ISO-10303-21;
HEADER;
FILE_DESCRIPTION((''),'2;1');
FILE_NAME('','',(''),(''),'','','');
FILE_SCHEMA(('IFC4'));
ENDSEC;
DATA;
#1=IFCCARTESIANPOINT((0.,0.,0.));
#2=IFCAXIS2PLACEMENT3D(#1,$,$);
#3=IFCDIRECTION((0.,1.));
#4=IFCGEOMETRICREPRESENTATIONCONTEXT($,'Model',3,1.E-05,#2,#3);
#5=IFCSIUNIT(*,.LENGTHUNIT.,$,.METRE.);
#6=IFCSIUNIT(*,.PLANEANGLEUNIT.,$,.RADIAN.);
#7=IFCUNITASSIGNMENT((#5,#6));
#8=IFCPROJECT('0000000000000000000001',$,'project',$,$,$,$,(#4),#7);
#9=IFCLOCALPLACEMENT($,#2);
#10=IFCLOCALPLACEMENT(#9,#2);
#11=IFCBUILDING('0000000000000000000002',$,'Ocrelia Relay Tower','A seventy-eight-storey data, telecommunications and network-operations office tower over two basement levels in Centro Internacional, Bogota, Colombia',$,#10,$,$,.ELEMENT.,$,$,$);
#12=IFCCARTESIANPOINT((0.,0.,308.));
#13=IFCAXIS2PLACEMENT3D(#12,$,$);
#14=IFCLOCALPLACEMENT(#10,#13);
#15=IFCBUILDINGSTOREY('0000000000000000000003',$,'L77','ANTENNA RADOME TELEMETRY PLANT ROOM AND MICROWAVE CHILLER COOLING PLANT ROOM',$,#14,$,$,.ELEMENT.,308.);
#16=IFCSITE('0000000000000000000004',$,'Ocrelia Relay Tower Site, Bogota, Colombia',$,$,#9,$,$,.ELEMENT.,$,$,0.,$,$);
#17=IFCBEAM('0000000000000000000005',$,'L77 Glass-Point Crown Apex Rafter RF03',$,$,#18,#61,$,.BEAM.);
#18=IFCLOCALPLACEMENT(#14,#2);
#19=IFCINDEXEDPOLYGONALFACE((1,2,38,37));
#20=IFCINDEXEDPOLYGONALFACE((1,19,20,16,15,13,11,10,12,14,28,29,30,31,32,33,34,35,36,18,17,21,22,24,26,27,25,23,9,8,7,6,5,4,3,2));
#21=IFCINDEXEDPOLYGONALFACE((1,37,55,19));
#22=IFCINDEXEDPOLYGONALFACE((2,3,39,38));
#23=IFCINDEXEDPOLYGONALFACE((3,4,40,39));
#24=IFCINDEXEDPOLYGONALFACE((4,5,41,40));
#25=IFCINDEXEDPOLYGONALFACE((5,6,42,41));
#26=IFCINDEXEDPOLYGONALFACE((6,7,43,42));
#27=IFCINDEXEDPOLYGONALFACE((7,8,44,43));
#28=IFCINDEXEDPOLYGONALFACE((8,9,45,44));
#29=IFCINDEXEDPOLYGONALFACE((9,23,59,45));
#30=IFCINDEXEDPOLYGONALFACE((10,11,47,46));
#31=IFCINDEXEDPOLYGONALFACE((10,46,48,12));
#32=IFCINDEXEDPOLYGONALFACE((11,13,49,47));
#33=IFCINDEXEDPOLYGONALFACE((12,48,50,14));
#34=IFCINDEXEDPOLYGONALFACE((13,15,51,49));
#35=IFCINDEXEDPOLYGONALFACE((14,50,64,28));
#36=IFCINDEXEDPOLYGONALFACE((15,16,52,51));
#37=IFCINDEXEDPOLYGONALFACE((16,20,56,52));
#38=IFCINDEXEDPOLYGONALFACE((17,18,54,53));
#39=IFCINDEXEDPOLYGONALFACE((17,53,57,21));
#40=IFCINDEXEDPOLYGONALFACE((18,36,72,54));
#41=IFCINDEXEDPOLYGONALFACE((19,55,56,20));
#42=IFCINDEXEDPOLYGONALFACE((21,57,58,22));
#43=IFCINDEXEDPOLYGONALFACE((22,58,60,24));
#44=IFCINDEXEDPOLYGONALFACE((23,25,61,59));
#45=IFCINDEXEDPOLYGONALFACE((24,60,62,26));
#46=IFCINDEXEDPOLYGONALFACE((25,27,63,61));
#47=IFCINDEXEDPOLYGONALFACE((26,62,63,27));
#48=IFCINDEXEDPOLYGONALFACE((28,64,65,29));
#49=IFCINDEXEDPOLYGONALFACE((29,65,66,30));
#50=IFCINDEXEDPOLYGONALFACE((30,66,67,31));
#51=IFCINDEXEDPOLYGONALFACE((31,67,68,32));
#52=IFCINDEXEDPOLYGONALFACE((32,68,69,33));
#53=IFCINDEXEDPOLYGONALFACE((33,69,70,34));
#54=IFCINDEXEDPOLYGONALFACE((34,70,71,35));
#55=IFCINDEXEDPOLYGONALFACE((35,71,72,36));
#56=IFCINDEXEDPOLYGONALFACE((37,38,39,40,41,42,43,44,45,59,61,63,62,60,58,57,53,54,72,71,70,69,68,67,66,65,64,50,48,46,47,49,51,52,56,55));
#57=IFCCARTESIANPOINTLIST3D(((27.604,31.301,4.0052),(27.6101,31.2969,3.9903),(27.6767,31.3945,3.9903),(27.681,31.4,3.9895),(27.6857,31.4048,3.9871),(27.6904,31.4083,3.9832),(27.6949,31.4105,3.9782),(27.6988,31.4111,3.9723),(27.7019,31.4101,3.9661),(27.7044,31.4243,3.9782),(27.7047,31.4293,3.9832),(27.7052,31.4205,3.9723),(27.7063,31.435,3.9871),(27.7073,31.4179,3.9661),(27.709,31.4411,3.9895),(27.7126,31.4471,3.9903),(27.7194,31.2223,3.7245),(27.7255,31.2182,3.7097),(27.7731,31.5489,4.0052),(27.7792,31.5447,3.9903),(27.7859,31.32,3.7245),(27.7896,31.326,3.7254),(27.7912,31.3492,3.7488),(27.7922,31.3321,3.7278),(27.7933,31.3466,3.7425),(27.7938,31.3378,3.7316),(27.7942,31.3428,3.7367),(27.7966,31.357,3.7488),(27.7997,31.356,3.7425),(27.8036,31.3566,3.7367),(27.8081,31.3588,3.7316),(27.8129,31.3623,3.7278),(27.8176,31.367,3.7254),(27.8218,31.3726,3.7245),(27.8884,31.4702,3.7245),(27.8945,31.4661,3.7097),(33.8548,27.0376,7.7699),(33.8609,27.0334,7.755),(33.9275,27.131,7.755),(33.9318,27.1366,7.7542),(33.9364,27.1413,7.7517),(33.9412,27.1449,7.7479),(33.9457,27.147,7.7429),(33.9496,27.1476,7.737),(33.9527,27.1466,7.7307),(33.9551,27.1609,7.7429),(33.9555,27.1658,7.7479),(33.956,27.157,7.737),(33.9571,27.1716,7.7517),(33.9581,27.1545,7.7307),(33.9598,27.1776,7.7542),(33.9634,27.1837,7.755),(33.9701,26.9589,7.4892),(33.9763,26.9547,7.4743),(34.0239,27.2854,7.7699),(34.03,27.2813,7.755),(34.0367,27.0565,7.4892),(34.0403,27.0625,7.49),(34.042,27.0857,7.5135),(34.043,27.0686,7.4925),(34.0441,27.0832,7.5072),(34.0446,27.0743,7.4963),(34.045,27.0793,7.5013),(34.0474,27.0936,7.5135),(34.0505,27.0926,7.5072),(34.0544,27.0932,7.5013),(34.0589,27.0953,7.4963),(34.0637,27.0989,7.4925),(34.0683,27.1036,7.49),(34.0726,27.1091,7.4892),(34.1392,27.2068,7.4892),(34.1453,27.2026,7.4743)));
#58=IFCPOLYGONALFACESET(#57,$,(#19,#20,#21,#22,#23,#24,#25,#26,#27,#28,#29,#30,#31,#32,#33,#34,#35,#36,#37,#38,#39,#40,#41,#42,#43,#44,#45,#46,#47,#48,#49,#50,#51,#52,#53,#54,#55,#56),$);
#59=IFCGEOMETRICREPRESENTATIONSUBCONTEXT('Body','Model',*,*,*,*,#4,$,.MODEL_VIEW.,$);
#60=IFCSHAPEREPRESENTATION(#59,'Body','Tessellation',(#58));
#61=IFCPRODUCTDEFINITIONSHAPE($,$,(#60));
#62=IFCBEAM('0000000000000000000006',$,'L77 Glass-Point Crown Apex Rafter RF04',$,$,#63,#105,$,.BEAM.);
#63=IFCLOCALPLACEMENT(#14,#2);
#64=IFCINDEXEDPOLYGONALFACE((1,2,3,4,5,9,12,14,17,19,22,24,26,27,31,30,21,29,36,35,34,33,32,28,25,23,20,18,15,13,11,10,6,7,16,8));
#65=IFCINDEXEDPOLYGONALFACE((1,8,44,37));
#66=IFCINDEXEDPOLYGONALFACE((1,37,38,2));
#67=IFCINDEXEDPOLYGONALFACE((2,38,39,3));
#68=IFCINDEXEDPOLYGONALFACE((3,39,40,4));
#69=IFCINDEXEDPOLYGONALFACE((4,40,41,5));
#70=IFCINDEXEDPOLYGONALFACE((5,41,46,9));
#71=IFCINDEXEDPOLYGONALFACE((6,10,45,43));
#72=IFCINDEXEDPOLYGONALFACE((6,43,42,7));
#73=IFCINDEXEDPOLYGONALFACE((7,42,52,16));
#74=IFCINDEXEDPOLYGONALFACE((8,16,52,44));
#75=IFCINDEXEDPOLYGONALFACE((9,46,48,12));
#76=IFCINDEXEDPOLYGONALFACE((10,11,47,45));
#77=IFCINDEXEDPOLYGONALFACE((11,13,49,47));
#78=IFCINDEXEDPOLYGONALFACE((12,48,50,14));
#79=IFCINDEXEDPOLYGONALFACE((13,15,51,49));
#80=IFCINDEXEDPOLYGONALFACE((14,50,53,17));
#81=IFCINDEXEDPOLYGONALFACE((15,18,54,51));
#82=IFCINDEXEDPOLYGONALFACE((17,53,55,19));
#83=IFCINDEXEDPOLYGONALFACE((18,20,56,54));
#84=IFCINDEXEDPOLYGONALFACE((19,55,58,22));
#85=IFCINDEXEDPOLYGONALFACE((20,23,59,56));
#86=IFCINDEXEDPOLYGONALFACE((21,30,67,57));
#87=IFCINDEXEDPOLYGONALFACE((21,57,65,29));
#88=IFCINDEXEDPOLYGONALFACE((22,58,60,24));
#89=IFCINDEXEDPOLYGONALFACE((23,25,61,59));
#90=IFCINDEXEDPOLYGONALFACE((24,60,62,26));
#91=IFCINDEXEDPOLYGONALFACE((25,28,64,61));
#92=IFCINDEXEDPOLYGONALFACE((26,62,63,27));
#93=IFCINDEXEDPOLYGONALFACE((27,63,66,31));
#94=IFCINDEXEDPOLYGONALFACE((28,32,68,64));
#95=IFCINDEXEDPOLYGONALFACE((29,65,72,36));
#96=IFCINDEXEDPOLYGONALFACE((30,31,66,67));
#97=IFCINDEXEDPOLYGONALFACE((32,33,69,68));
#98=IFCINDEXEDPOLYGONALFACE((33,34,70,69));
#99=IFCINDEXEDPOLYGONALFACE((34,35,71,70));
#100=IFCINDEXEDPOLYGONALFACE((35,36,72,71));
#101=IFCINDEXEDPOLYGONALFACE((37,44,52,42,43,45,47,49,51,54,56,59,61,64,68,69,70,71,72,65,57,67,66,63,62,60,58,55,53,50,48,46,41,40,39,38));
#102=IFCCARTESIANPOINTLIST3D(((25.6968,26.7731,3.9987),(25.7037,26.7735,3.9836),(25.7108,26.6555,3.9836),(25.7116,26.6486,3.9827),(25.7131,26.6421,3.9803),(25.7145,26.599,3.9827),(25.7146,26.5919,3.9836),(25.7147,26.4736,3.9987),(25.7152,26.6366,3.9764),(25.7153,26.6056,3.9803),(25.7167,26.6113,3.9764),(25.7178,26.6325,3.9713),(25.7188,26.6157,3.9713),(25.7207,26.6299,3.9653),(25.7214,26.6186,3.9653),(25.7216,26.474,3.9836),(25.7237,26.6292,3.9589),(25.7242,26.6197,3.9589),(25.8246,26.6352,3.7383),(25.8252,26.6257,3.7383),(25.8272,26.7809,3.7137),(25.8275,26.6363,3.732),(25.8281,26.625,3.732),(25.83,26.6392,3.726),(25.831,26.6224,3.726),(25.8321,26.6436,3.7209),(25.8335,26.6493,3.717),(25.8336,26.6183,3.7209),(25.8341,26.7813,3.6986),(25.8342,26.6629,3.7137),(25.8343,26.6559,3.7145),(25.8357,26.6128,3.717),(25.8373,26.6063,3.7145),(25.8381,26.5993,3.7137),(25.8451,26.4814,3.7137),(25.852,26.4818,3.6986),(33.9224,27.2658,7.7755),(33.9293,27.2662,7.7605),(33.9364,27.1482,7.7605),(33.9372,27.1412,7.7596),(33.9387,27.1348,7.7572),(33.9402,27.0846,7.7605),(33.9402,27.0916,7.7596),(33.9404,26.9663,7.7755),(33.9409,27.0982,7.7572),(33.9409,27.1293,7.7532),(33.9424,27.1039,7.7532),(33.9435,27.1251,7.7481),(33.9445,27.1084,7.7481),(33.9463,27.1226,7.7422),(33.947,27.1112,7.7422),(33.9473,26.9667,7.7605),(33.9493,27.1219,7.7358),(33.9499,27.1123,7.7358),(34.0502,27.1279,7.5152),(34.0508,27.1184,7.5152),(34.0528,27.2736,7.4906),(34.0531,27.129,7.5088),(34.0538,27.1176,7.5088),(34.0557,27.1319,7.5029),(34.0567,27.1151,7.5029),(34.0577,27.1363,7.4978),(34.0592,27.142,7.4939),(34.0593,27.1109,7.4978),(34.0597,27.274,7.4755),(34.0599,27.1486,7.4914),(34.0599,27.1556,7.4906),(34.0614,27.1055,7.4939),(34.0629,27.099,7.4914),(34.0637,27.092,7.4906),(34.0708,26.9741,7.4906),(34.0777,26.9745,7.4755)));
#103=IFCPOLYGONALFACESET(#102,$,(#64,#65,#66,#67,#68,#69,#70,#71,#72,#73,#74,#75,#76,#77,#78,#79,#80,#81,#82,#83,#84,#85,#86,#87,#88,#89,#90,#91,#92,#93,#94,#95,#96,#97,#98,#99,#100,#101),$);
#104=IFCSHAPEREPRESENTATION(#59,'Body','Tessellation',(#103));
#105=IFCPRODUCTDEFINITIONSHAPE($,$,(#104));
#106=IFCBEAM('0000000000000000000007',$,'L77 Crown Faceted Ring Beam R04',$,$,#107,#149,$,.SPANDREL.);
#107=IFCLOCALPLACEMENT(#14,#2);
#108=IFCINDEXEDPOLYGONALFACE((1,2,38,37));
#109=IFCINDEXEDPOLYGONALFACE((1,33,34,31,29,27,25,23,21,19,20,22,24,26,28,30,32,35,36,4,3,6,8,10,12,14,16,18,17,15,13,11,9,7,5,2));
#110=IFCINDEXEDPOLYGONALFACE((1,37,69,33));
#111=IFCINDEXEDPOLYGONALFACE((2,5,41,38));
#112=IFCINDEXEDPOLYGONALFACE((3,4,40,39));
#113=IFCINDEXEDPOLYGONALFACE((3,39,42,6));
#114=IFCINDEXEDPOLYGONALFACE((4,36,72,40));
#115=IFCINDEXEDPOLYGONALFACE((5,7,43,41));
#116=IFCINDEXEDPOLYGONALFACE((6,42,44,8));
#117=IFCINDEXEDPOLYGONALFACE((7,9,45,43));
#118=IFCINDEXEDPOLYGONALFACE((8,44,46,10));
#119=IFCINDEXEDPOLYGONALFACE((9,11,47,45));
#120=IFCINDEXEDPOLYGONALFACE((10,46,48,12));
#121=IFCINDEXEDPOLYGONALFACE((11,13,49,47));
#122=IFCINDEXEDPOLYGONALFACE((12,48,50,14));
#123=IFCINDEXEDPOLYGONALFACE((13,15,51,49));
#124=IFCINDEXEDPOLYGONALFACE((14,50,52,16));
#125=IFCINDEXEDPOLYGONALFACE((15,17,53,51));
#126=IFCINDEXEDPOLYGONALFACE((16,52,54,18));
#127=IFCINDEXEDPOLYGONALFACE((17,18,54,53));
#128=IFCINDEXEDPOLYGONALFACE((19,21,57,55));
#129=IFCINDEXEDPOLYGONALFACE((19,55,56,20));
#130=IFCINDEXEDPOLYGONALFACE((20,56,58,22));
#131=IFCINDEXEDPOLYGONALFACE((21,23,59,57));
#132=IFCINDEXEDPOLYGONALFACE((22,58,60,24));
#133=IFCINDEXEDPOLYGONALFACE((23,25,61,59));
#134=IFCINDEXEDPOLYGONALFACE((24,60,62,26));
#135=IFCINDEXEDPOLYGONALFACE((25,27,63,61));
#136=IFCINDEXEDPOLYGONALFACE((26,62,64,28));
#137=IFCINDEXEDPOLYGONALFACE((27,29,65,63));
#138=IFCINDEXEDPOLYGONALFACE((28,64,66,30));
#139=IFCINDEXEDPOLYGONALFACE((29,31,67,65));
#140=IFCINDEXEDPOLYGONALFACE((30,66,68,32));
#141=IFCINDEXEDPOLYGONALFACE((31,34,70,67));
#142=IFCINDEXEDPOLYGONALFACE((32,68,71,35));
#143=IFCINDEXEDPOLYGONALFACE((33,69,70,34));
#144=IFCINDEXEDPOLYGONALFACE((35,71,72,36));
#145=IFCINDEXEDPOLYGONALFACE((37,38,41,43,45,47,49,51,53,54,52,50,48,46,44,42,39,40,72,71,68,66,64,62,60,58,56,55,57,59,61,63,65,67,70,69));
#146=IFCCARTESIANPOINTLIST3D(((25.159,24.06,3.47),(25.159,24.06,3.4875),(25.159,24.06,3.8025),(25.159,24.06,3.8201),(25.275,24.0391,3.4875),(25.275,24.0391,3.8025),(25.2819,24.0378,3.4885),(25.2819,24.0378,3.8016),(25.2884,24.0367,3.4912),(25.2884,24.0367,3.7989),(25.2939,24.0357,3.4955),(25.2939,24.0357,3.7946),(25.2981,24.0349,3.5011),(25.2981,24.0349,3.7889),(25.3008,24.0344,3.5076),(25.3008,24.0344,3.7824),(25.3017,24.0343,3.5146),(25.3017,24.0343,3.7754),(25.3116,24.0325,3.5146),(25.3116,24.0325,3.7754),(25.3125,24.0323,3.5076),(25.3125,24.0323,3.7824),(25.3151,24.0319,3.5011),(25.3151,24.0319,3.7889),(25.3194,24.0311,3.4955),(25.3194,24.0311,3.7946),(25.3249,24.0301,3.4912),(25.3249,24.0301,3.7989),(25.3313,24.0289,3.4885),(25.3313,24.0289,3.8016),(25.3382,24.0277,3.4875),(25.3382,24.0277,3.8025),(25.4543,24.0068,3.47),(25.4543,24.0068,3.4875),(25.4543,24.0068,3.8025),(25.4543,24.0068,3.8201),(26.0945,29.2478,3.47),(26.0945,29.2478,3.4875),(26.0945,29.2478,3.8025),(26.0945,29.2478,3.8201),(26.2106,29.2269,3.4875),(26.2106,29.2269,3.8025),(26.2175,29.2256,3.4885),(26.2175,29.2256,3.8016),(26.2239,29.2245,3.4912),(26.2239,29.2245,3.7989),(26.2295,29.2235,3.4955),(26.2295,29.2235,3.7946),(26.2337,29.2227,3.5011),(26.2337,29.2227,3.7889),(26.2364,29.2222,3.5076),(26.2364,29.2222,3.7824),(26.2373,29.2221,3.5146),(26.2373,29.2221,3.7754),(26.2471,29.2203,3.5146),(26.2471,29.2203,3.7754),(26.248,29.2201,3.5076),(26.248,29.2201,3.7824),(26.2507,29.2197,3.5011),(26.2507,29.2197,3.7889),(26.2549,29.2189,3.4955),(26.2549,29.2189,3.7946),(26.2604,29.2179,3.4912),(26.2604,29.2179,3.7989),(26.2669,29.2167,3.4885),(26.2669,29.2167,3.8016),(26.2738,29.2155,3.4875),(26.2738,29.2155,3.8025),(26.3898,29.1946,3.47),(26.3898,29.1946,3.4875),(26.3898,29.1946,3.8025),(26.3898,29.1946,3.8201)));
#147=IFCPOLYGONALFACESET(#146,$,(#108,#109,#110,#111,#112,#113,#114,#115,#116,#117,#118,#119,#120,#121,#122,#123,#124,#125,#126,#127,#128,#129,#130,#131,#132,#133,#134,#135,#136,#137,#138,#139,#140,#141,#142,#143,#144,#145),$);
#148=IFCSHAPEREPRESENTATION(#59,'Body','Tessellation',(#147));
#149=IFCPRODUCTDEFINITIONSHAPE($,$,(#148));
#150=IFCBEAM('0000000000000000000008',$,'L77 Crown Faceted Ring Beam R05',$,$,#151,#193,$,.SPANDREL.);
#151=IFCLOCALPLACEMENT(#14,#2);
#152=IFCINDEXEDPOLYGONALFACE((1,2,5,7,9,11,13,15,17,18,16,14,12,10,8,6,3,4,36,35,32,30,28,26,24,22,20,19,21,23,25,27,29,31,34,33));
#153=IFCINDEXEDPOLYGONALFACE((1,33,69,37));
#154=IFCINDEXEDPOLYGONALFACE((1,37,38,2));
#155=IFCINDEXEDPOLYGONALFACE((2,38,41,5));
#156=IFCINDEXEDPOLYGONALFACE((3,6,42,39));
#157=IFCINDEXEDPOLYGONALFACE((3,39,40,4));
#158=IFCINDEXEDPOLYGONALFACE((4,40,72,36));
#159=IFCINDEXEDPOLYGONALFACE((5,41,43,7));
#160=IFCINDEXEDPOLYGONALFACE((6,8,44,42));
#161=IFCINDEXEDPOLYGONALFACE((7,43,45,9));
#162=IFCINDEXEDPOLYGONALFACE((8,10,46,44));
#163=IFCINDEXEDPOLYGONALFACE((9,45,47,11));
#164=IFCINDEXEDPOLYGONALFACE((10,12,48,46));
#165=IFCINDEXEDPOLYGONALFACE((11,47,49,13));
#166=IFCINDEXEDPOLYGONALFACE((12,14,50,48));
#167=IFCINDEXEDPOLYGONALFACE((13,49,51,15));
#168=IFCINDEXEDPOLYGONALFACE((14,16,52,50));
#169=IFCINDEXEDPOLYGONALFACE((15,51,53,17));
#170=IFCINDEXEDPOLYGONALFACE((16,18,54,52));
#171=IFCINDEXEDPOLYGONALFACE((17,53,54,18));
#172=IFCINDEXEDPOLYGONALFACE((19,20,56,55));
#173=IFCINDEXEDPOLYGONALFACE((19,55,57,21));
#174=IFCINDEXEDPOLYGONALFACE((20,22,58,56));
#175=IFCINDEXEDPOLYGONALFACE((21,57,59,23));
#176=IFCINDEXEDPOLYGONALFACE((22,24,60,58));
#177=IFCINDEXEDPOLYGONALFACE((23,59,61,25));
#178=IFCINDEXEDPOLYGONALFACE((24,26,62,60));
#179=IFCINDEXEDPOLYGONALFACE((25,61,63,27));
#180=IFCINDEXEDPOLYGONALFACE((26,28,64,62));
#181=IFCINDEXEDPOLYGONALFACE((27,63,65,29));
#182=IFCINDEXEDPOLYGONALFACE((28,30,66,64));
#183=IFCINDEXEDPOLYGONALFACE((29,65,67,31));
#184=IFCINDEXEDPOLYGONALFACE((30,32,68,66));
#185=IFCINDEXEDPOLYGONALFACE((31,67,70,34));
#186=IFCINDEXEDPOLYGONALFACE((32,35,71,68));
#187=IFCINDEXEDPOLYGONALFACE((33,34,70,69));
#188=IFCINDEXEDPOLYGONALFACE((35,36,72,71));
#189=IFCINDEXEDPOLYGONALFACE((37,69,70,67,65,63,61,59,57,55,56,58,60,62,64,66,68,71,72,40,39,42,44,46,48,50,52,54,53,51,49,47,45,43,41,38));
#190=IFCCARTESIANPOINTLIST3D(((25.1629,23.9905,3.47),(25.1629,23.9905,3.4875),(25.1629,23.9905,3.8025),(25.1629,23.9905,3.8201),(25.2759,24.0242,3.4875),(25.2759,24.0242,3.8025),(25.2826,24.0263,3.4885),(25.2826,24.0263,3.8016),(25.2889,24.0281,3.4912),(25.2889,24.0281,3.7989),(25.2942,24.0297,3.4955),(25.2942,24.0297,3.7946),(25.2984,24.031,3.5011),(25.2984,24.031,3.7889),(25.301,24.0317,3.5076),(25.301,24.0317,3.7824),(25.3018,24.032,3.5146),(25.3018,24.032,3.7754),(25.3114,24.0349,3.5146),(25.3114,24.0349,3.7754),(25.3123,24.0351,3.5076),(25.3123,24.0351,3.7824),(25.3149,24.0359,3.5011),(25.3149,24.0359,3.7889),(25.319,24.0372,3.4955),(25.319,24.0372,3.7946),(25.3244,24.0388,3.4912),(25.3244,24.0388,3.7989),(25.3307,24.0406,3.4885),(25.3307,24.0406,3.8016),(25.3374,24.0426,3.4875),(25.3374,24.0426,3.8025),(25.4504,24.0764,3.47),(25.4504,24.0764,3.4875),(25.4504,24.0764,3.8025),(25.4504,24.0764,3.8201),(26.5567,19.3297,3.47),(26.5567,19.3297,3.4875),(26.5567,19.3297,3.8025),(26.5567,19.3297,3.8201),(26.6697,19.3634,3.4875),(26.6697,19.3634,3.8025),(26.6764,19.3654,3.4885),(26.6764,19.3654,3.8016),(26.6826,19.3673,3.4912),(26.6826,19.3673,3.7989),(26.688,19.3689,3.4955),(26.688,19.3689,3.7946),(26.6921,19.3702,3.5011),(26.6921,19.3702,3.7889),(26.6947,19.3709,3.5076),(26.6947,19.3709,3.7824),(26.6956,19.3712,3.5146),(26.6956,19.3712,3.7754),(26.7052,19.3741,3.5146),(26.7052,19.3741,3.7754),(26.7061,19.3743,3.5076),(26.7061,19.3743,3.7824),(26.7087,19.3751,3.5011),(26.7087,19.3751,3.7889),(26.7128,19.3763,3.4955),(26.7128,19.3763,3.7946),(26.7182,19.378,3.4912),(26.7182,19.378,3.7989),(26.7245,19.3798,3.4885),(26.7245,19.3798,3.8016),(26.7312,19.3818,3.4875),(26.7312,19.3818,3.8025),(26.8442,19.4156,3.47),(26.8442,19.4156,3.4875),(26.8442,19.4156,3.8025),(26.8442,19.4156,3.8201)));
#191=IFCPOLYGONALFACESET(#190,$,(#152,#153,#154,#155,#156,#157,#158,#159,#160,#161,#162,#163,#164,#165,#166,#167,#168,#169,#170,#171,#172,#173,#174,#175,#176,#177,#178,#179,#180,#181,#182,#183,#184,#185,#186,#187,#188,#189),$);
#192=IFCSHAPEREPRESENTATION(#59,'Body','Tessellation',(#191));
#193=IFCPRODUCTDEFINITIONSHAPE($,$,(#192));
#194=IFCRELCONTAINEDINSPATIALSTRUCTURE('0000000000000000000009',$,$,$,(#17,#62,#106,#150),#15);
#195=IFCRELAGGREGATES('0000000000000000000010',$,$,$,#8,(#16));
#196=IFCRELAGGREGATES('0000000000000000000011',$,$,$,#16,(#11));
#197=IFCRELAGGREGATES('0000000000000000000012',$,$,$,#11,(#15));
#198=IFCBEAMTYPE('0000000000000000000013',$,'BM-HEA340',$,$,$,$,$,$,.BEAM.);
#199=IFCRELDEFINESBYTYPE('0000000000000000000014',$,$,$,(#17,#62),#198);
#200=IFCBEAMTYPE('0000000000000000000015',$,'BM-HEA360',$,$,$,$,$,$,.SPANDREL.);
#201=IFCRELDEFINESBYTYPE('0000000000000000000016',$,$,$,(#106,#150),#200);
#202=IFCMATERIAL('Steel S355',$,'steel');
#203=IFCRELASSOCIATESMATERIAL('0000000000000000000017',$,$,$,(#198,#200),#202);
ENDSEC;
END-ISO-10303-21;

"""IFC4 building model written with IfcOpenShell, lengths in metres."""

from ifc_helpers import new_model, si_unit, direction, frame, origin, origin_2d, place, context, subcontext, project, spatial, i_section, extrude, material, material_profile, profile_set, type_object, element, save


model = new_model("IFC4")

# Units and contexts
model_context = context("Model", 3, precision=1e-05, world=origin(), true_north=direction((0.0, 1.0)))
body_context = subcontext(model_context, "Body", "Model", "MODEL_VIEW")
ifc_project = project(units=[si_unit("LENGTHUNIT", "METRE"), si_unit("PLANEANGLEUNIT", "RADIAN")], contexts=[model_context])

# Site, building, storey
site_placement = place(None, origin())
site = spatial("IfcSite", under=ifc_project, at=site_placement, Name="Ocrelia Relay Tower Site, Bogota, Colombia", CompositionType="ELEMENT", RefElevation=0.0)
building_placement = place(site_placement, origin())
building = spatial("IfcBuilding", under=site, at=building_placement, Name="Ocrelia Relay Tower", Description="A seventy-eight-storey data, telecommunications and network-operations office tower over two basement levels in Centro Internacional, Bogota, Colombia", CompositionType="ELEMENT")
storey_placement = place(building_placement, frame((0.0, 0.0, 308.0)))
storey = spatial("IfcBuildingStorey", under=building, at=storey_placement, Name="L77", Description="ANTENNA RADOME TELEMETRY PLANT ROOM AND MICROWAVE CHILLER COOLING PLANT ROOM", CompositionType="ELEMENT", Elevation=308.0)

# Beams
ifc_material_1 = material(Name="Steel S355", Category="steel")
ifc_material_profile_1 = material_profile(ifc_material_1, i_section(OverallWidth=0.3, OverallDepth=0.3301, WebThickness=0.0095, FlangeThickness=0.0166, FilletRadius=0.0271, at=origin_2d()), Name="HEA 340")
ifc_profile_set_1 = profile_set([ifc_material_profile_1], Name="Steel S355")
beam_type_1 = type_object("IfcBeamType", Name="BM-HEA340", PredefinedType="BEAM", material=ifc_profile_set_1)
beam_1_placement = place(storey_placement, frame((27.7493, 31.3835, 3.8574), z_axis=(0.739636, -0.504482, 0.445463), x_axis=(0.563478, 0.826131, 0.0)))
element("IfcBeam", 1, at=beam_1_placement, inside=storey, type_object=beam_type_1, Name="L77 Glass-Point Crown Apex Rafter RF03", PredefinedType="BEAM", context=body_context, shape_type="SweptSolid", body=[
    extrude(i_section(OverallWidth=0.3, OverallDepth=0.3301, WebThickness=0.0095, FlangeThickness=0.0166, FilletRadius=0.0271, at=origin_2d()), origin(), (0.0, 0.0, 1.0), 8.4512),
])
beam_2_placement = place(storey_placement, frame((25.7744, 26.6274, 3.8486), z_axis=(0.907437, 0.054351, 0.416658), x_axis=(-0.059788, 0.998211, 0.0)))
element("IfcBeam", 2, at=beam_2_placement, inside=storey, type_object=beam_type_1, Name="L77 Glass-Point Crown Apex Rafter RF04", PredefinedType="BEAM", context=body_context, shape_type="SweptSolid", body=[
    extrude(i_section(OverallWidth=0.3, OverallDepth=0.3301, WebThickness=0.0095, FlangeThickness=0.0166, FilletRadius=0.0271, at=origin_2d()), origin(), (0.0, 0.0, 1.0), 9.0647),
])
ifc_material_profile_2 = material_profile(ifc_material_1, i_section(OverallWidth=0.3, OverallDepth=0.3501, WebThickness=0.01, FlangeThickness=0.0176, FilletRadius=0.0271, at=origin_2d()), Name="HEA 360")
ifc_profile_set_2 = profile_set([ifc_material_profile_2], Name="Steel S355")
beam_type_2 = type_object("IfcBeamType", Name="BM-HEA360", PredefinedType="SPANDREL", material=ifc_profile_set_2)
beam_3_placement = place(storey_placement, frame((26.2422, 29.2212, 3.645), z_axis=(-0.177475, -0.984125, 0.0), x_axis=(0.984125, -0.177475, 0.0)))
element("IfcBeam", 3, at=beam_3_placement, inside=storey, type_object=beam_type_2, Name="L77 Crown Faceted Ring Beam R04", PredefinedType="SPANDREL", context=body_context, shape_type="SweptSolid", body=[
    extrude(i_section(OverallWidth=0.3, OverallDepth=0.3501, WebThickness=0.01, FlangeThickness=0.0176, FilletRadius=0.0271, at=origin_2d()), origin(), (0.0, 0.0, 1.0), 5.2715),
])
beam_4_placement = place(storey_placement, frame((25.3066, 24.0334, 3.645), z_axis=(0.286505, -0.958079, 0.0), x_axis=(0.958079, 0.286505, 0.0)))
element("IfcBeam", 4, at=beam_4_placement, inside=storey, type_object=beam_type_2, Name="L77 Crown Faceted Ring Beam R05", PredefinedType="SPANDREL", context=body_context, shape_type="SweptSolid", body=[
    extrude(i_section(OverallWidth=0.3, OverallDepth=0.3501, WebThickness=0.01, FlangeThickness=0.0176, FilletRadius=0.0271, at=origin_2d()), origin(), (0.0, 0.0, 1.0), 4.8647),
])

save(model, "model.ifc")
